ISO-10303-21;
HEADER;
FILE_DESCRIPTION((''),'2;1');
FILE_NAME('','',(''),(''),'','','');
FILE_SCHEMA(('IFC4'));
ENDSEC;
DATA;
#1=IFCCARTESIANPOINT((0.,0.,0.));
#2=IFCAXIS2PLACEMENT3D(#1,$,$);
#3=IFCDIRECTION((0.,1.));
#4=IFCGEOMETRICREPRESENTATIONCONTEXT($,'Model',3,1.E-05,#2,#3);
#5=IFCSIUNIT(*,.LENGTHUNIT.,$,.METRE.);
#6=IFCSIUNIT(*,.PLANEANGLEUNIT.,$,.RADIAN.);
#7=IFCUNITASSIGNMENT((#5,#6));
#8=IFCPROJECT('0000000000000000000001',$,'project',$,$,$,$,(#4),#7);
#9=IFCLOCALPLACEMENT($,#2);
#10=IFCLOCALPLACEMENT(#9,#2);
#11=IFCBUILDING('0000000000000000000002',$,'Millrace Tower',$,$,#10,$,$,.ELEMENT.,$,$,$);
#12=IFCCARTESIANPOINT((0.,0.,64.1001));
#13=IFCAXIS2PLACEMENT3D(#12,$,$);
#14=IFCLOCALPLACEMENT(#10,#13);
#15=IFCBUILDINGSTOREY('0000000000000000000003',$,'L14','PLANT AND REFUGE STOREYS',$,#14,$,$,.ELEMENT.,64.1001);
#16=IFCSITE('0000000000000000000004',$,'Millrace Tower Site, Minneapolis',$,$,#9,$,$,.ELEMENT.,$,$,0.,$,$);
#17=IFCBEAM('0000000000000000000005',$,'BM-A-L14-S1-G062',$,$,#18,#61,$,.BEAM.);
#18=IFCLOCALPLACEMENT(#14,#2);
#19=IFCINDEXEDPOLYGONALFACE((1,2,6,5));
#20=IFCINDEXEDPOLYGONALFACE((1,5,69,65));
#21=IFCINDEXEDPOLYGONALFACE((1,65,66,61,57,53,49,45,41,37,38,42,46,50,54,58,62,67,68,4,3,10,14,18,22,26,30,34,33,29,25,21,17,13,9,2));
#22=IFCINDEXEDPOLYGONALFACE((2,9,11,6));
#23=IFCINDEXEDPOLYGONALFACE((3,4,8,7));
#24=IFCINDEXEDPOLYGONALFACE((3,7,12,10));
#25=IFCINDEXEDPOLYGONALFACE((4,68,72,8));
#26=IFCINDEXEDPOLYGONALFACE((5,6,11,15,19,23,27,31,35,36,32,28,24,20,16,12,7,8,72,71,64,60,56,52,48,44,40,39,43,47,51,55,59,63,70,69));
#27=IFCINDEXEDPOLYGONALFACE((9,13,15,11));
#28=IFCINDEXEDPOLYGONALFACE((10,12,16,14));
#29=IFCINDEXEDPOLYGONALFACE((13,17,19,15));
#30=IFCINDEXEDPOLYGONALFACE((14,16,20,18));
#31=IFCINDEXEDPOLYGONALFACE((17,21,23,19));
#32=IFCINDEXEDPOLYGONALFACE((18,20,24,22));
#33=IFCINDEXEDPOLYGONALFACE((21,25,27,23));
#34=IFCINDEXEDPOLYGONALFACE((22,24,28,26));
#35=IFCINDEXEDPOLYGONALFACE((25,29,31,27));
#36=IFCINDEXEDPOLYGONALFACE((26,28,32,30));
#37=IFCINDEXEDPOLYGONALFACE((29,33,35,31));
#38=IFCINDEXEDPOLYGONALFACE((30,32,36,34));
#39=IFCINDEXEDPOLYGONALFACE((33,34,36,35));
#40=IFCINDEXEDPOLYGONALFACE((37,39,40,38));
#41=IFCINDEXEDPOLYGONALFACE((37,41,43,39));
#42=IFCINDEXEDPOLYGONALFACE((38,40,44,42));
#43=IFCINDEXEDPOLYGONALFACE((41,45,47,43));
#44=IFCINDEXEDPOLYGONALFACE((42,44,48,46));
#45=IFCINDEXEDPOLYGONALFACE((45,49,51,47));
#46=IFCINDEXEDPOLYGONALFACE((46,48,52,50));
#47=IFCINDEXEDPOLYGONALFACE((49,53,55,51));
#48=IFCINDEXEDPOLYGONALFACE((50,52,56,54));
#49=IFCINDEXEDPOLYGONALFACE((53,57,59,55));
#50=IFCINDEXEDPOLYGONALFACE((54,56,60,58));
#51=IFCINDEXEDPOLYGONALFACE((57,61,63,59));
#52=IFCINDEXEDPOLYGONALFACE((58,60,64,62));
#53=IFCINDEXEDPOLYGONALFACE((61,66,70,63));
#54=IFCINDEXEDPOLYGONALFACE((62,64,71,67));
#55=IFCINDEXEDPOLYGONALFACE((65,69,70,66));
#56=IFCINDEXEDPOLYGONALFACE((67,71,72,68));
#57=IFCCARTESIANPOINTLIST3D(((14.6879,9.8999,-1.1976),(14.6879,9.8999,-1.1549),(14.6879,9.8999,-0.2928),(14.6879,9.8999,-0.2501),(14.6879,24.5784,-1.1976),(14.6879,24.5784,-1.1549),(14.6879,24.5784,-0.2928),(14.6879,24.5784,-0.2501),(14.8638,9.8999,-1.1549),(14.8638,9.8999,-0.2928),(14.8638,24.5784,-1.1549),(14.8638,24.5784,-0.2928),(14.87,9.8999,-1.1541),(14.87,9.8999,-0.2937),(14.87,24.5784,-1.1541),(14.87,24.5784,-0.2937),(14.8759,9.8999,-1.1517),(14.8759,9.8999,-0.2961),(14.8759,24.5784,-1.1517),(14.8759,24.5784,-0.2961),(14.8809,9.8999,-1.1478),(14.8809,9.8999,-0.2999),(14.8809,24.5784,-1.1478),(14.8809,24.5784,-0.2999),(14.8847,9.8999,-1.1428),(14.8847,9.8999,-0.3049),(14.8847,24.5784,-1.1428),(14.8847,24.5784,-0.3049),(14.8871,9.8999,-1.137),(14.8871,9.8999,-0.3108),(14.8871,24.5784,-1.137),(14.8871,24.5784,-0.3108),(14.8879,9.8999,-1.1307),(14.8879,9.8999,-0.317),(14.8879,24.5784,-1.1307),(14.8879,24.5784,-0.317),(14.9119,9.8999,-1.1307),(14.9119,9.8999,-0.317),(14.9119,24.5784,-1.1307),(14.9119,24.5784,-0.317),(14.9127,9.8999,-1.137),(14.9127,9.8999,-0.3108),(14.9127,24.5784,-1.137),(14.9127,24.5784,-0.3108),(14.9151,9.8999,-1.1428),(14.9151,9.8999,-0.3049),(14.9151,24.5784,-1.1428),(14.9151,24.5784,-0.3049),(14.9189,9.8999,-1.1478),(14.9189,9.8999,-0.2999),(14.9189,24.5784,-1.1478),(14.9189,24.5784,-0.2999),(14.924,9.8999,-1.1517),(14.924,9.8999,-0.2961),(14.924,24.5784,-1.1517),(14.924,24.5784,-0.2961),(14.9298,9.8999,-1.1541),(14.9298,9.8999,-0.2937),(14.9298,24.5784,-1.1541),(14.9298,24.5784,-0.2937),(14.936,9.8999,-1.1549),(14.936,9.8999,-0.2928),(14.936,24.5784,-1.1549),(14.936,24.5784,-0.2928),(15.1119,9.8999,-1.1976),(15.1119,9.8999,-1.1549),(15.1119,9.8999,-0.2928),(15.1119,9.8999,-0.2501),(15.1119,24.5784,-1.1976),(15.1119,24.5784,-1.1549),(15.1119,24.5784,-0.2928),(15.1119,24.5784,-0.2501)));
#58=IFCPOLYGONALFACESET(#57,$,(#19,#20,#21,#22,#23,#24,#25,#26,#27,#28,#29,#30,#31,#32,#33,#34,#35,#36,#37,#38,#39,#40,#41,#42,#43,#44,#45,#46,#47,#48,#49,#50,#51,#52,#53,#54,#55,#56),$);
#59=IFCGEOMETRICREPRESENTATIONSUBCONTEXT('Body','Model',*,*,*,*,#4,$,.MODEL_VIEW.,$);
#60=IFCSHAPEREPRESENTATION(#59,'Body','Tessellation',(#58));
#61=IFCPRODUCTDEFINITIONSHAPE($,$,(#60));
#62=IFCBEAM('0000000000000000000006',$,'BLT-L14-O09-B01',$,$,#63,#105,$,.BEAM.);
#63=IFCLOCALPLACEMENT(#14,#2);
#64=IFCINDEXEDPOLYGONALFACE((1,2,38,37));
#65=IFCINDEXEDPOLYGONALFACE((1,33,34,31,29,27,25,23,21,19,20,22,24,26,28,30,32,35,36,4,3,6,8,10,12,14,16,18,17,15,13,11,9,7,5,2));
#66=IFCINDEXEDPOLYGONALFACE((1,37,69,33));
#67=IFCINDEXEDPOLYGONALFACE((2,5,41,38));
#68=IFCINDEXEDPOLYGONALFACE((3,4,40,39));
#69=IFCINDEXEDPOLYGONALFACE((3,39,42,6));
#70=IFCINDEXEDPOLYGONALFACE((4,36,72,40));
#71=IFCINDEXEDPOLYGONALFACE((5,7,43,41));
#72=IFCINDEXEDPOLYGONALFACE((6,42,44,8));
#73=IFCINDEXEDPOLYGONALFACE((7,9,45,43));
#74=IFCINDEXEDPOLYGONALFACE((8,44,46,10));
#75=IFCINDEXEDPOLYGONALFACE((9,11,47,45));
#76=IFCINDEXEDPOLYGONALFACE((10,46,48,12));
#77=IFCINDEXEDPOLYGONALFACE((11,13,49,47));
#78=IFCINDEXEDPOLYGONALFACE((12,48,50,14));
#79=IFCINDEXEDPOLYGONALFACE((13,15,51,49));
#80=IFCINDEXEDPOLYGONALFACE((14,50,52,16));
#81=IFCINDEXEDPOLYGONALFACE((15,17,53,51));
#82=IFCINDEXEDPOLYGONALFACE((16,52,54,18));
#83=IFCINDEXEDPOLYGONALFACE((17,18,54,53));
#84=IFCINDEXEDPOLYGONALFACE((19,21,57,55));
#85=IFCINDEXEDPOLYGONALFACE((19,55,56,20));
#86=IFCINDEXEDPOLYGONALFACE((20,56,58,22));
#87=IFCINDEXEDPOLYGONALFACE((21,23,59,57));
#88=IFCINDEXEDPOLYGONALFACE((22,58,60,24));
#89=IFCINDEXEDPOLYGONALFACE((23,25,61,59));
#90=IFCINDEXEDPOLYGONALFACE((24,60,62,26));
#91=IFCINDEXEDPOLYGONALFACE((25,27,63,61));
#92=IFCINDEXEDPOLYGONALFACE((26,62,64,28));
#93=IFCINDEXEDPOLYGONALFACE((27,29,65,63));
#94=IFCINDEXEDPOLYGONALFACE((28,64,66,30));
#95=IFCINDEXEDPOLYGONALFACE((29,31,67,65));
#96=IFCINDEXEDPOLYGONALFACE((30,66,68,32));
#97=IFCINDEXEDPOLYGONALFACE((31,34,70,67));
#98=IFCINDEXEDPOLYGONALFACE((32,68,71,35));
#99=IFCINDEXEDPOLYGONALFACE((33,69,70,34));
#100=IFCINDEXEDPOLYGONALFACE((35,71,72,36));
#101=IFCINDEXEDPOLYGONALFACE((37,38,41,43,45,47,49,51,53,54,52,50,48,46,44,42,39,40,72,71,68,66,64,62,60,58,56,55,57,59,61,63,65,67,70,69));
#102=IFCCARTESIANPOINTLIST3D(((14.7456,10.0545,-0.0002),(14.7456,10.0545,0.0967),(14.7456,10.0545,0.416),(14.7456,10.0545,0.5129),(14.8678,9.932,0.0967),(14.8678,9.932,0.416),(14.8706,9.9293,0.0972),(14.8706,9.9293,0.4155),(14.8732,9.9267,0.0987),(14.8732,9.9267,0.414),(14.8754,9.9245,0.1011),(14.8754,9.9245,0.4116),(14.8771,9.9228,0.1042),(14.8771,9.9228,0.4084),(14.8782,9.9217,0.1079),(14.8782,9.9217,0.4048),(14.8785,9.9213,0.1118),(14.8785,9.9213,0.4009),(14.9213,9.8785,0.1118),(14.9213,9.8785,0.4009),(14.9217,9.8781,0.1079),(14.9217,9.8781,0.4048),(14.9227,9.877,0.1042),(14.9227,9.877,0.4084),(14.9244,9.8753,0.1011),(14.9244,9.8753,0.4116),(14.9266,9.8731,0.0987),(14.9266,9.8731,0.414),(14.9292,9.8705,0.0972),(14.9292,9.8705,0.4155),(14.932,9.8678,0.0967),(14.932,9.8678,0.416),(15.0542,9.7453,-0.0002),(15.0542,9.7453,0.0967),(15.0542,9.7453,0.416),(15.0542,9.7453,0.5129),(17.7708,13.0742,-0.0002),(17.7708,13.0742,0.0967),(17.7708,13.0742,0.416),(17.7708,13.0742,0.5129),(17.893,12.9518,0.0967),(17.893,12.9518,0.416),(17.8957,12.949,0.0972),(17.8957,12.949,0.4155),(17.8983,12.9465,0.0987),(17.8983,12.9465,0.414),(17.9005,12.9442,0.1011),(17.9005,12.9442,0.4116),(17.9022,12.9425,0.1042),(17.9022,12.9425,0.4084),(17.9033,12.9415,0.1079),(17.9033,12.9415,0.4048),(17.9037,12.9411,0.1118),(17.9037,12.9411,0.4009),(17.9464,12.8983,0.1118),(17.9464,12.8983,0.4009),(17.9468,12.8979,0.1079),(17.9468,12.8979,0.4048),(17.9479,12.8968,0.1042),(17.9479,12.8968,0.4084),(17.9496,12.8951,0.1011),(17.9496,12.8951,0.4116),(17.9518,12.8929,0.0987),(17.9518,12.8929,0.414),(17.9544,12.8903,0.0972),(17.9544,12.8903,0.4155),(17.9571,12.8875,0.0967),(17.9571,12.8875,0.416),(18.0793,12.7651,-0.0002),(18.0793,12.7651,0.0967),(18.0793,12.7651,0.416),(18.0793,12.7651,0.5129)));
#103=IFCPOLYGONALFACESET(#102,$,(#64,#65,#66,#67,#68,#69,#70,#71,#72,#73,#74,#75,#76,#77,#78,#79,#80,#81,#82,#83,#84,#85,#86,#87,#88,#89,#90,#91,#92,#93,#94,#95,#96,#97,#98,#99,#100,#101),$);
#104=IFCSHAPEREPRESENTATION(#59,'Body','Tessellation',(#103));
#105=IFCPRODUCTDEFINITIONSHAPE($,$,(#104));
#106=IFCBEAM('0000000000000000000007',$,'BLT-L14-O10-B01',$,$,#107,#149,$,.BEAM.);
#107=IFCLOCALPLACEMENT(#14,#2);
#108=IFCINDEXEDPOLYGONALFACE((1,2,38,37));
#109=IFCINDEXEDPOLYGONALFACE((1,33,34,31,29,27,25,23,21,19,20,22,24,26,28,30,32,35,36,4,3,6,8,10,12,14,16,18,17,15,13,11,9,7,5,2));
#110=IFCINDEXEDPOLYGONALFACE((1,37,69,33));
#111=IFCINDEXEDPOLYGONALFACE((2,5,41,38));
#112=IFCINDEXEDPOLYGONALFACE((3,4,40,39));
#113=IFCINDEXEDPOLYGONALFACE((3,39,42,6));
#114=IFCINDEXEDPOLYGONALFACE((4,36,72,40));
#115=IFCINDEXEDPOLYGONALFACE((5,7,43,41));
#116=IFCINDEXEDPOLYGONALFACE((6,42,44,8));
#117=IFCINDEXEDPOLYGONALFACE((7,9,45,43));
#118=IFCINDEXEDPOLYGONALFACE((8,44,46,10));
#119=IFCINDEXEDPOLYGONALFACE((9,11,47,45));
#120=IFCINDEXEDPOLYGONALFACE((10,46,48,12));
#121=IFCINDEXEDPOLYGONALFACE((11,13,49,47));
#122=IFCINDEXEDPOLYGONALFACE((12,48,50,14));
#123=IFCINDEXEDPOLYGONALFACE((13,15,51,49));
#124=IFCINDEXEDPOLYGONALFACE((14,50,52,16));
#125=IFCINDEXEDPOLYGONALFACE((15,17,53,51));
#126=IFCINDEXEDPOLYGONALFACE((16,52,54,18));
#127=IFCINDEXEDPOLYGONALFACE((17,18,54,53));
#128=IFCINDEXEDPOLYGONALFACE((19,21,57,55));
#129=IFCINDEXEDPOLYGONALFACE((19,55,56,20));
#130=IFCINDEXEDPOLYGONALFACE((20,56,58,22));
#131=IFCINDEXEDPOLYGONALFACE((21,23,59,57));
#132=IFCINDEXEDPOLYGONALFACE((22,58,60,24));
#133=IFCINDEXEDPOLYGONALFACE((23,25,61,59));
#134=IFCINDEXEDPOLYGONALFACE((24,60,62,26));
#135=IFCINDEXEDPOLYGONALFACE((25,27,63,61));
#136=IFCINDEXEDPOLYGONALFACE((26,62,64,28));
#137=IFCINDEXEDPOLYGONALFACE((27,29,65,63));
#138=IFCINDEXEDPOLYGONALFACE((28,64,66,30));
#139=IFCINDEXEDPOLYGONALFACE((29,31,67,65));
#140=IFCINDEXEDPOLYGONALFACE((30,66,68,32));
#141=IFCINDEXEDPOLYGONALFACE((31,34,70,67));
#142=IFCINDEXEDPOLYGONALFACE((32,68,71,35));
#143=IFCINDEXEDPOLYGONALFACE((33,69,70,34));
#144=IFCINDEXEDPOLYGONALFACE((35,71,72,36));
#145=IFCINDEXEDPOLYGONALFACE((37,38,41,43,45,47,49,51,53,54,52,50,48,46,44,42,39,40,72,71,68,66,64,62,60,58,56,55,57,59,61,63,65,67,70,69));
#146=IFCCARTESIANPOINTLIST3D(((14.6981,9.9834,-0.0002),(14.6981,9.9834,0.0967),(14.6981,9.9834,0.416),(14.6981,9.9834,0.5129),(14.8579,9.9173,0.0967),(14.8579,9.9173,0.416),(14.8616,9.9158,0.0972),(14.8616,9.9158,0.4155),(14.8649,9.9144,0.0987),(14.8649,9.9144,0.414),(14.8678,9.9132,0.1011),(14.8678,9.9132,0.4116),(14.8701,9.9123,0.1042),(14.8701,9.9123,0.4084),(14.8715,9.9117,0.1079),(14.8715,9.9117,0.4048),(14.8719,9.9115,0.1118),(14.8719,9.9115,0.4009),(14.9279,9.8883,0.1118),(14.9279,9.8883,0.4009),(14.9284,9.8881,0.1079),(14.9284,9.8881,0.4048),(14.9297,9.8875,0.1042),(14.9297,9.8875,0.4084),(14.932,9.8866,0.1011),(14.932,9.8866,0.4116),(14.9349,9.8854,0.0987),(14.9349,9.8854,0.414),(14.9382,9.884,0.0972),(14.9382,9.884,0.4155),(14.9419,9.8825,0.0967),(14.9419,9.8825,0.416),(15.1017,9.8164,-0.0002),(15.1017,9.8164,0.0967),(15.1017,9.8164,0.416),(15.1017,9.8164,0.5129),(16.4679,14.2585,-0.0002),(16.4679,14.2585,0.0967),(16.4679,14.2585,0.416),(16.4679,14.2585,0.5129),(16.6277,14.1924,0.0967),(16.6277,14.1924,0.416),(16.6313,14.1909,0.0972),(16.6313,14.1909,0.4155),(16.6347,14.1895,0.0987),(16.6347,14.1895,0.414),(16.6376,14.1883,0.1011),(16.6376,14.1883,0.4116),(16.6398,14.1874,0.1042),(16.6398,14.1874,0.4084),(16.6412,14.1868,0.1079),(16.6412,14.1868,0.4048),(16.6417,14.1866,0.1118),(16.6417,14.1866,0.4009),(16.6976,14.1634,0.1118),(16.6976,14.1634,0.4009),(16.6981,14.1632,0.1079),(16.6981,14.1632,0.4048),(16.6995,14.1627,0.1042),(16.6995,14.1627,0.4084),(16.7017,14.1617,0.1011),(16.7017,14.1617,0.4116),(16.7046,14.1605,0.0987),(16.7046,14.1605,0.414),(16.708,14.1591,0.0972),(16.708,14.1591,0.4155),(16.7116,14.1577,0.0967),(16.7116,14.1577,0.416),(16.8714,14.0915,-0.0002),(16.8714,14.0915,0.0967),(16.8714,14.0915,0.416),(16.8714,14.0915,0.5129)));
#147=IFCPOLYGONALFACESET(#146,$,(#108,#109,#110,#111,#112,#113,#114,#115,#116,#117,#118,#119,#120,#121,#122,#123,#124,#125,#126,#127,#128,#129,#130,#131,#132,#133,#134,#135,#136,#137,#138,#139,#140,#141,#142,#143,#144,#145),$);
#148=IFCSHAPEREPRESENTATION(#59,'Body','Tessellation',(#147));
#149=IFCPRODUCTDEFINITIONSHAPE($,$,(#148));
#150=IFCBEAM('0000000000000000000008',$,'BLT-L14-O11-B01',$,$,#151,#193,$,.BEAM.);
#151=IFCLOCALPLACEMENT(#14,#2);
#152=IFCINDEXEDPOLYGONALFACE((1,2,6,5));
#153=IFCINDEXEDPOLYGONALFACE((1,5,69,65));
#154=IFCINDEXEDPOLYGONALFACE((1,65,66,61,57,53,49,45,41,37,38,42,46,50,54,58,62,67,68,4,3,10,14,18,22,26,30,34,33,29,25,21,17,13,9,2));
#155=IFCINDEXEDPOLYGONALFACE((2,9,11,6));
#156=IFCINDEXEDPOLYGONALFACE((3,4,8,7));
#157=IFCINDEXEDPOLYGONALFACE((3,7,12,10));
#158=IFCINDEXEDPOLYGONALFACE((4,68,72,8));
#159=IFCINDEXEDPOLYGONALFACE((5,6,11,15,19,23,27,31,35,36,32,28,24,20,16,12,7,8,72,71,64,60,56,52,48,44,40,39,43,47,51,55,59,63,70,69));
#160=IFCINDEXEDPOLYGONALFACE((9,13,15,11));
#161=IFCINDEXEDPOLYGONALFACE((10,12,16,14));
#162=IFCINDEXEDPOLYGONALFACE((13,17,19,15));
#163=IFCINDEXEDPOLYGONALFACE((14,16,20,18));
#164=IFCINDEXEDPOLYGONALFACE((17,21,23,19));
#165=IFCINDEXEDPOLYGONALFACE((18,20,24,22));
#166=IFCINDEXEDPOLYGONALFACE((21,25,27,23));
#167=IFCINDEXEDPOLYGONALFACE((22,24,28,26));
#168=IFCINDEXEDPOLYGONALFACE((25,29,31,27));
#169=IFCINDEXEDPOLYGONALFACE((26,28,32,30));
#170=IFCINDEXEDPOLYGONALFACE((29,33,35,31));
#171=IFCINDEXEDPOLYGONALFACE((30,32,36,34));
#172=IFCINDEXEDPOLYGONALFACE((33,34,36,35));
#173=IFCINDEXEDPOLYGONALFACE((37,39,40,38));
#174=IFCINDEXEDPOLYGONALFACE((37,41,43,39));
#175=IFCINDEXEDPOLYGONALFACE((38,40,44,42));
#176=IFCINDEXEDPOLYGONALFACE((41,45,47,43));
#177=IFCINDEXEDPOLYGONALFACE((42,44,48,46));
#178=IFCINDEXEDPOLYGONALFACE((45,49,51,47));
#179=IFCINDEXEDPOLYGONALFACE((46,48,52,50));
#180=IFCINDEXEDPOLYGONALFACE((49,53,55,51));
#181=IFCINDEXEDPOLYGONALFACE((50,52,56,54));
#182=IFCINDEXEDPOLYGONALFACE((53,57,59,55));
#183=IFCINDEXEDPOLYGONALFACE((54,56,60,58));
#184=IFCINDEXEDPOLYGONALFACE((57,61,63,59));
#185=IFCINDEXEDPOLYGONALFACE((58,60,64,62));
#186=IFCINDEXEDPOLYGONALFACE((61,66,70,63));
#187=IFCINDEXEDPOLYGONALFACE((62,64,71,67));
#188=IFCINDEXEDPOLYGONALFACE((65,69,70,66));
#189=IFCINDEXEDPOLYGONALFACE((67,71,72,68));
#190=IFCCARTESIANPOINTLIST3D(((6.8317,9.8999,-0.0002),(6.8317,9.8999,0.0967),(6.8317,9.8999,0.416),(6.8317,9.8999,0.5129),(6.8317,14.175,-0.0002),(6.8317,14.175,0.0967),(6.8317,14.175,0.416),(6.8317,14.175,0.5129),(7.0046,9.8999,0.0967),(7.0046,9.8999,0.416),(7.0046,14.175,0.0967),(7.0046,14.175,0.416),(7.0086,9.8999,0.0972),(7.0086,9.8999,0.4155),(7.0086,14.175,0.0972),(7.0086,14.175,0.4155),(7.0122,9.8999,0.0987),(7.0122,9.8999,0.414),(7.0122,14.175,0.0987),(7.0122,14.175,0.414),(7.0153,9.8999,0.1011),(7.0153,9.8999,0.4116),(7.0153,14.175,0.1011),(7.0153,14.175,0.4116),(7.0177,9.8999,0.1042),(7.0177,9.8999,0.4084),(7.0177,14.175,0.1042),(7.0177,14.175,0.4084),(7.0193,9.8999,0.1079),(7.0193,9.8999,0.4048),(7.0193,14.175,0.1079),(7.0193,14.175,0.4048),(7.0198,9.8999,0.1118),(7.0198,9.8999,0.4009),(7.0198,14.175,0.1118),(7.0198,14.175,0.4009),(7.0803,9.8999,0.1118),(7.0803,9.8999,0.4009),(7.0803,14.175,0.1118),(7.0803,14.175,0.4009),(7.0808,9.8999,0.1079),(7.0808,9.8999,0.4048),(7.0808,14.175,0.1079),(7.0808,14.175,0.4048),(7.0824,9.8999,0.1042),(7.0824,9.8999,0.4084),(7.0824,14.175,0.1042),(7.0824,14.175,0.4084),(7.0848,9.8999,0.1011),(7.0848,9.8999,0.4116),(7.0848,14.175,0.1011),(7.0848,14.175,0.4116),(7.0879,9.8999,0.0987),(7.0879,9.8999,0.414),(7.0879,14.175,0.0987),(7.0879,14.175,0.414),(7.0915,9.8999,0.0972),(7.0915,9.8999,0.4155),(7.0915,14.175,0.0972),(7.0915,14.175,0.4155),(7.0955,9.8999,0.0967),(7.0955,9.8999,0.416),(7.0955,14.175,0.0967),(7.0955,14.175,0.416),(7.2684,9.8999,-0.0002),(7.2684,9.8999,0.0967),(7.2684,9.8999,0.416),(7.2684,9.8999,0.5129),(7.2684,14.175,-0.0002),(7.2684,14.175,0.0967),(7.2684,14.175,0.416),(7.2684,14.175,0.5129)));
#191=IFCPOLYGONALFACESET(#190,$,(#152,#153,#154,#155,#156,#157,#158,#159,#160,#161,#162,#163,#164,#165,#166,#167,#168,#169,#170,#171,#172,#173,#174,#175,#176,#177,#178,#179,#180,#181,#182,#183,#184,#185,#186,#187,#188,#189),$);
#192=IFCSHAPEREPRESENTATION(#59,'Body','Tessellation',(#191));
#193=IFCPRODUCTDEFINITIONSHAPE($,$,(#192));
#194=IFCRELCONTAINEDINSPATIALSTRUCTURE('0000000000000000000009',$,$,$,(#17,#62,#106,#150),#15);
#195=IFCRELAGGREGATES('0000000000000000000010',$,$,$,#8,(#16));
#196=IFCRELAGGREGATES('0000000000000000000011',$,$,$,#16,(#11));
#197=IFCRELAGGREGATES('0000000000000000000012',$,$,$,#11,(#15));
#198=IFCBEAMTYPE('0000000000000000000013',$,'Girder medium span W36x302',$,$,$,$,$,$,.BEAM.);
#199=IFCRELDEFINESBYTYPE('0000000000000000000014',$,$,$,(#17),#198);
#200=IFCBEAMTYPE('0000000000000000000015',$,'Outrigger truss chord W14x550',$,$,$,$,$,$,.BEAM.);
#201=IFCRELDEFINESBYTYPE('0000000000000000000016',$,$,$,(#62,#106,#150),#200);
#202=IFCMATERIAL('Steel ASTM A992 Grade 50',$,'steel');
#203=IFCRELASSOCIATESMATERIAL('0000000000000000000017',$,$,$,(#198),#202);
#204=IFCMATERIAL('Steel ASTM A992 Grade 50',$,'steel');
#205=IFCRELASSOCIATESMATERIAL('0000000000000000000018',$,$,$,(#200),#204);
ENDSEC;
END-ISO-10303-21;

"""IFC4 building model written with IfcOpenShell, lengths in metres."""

from ifc_helpers import new_model, si_unit, direction, frame, origin, origin_2d, place, context, subcontext, project, spatial, i_section, extrude, material, material_profile, profile_set, type_object, element, save


model = new_model("IFC4")

# Units and contexts
model_context = context("Model", 3, precision=1e-05, world=origin(), true_north=direction((0.0, 1.0)))
body_context = subcontext(model_context, "Body", "Model", "MODEL_VIEW")
ifc_project = project(units=[si_unit("LENGTHUNIT", "METRE"), si_unit("PLANEANGLEUNIT", "RADIAN")], contexts=[model_context])

# Site, building, storey
site_placement = place(None, origin())
site = spatial("IfcSite", under=ifc_project, at=site_placement, Name="Millrace Tower Site, Minneapolis", CompositionType="ELEMENT", RefElevation=0.0)
building_placement = place(site_placement, origin())
building = spatial("IfcBuilding", under=site, at=building_placement, Name="Millrace Tower", CompositionType="ELEMENT")
storey_placement = place(building_placement, frame((0.0, 0.0, 64.1001)))
storey = spatial("IfcBuildingStorey", under=building, at=storey_placement, Name="L14", Description="PLANT AND REFUGE STOREYS", CompositionType="ELEMENT", Elevation=64.1001)

# Beams
ifc_material_1 = material(Name="Steel ASTM A992 Grade 50", Category="steel")
ifc_material_profile_1 = material_profile(ifc_material_1, i_section(OverallWidth=0.4241, OverallDepth=0.9475, WebThickness=0.0239, FlangeThickness=0.0427, FilletRadius=0.0242, at=origin_2d()))
ifc_profile_set_1 = profile_set([ifc_material_profile_1], Name="Steel ASTM A992 Grade 50")
beam_type_1 = type_object("IfcBeamType", Name="Girder medium span W36x302", PredefinedType="BEAM", material=ifc_profile_set_1)
beam_1_placement = place(storey_placement, frame((14.8999, 9.8999, -0.7239), z_axis=(0.0, 1.0, 0.0), x_axis=(-1.0, 0.0, 0.0)))
element("IfcBeam", 1, at=beam_1_placement, inside=storey, type_object=beam_type_1, Name="BM-A-L14-S1-G062", PredefinedType="BEAM", context=body_context, shape_type="SweptSolid", body=[
    extrude(i_section(OverallWidth=0.4241, OverallDepth=0.9475, WebThickness=0.0239, FlangeThickness=0.0427, FilletRadius=0.0242, at=origin_2d()), origin(), (0.0, 0.0, 1.0), 14.6785),
])
ifc_material_2 = material(Name="Steel ASTM A992 Grade 50", Category="steel")
ifc_material_profile_2 = material_profile(ifc_material_2, i_section(OverallWidth=0.4368, OverallDepth=0.5132, WebThickness=0.0605, FlangeThickness=0.0969, FilletRadius=0.0151, at=origin_2d()))
ifc_profile_set_2 = profile_set([ifc_material_profile_2], Name="Steel ASTM A992 Grade 50")
beam_type_2 = type_object("IfcBeamType", Name="Outrigger truss chord W14x550", PredefinedType="BEAM", material=ifc_profile_set_2)
beam_2_placement = place(storey_placement, frame((14.8999, 9.8999, 0.2563), z_axis=(0.707735, 0.706478, 0.0), x_axis=(-0.706478, 0.707735, 0.0)))
element("IfcBeam", 2, at=beam_2_placement, inside=storey, type_object=beam_type_2, Name="BLT-L14-O09-B01", PredefinedType="BEAM", context=body_context, shape_type="SweptSolid", body=[
    extrude(i_section(OverallWidth=0.4368, OverallDepth=0.5132, WebThickness=0.0605, FlangeThickness=0.0969, FilletRadius=0.0151, at=origin_2d()), origin(), (0.0, 0.0, 1.0), 4.2744),
])
beam_3_placement = place(storey_placement, frame((14.8999, 9.8999, 0.2563), z_axis=(0.38249, 0.92396, 0.0), x_axis=(-0.92396, 0.38249, 0.0)))
element("IfcBeam", 3, at=beam_3_placement, inside=storey, type_object=beam_type_2, Name="BLT-L14-O10-B01", PredefinedType="BEAM", context=body_context, shape_type="SweptSolid", body=[
    extrude(i_section(OverallWidth=0.4368, OverallDepth=0.5132, WebThickness=0.0605, FlangeThickness=0.0969, FilletRadius=0.0151, at=origin_2d()), origin(), (0.0, 0.0, 1.0), 4.627),
])
for number, where, z_axis, x_axis, name in (
    (4, (7.05, 9.8999, 0.2563), (0.0, 1.0, 0.0), (-1.0, 0.0, 0.0), "BLT-L14-O11-B01"),
):
    element("IfcBeam", number, at=place(storey_placement, frame(where, z_axis=z_axis, x_axis=x_axis)), inside=storey, type_object=beam_type_2, Name=name, PredefinedType="BEAM", context=body_context, shape_type="SweptSolid", body=[
        extrude(i_section(OverallWidth=0.4368, OverallDepth=0.5132, WebThickness=0.0605, FlangeThickness=0.0969, FilletRadius=0.0151, at=origin_2d()), origin(), (0.0, 0.0, 1.0), 4.2751),
    ])

save(model, "model.ifc")
